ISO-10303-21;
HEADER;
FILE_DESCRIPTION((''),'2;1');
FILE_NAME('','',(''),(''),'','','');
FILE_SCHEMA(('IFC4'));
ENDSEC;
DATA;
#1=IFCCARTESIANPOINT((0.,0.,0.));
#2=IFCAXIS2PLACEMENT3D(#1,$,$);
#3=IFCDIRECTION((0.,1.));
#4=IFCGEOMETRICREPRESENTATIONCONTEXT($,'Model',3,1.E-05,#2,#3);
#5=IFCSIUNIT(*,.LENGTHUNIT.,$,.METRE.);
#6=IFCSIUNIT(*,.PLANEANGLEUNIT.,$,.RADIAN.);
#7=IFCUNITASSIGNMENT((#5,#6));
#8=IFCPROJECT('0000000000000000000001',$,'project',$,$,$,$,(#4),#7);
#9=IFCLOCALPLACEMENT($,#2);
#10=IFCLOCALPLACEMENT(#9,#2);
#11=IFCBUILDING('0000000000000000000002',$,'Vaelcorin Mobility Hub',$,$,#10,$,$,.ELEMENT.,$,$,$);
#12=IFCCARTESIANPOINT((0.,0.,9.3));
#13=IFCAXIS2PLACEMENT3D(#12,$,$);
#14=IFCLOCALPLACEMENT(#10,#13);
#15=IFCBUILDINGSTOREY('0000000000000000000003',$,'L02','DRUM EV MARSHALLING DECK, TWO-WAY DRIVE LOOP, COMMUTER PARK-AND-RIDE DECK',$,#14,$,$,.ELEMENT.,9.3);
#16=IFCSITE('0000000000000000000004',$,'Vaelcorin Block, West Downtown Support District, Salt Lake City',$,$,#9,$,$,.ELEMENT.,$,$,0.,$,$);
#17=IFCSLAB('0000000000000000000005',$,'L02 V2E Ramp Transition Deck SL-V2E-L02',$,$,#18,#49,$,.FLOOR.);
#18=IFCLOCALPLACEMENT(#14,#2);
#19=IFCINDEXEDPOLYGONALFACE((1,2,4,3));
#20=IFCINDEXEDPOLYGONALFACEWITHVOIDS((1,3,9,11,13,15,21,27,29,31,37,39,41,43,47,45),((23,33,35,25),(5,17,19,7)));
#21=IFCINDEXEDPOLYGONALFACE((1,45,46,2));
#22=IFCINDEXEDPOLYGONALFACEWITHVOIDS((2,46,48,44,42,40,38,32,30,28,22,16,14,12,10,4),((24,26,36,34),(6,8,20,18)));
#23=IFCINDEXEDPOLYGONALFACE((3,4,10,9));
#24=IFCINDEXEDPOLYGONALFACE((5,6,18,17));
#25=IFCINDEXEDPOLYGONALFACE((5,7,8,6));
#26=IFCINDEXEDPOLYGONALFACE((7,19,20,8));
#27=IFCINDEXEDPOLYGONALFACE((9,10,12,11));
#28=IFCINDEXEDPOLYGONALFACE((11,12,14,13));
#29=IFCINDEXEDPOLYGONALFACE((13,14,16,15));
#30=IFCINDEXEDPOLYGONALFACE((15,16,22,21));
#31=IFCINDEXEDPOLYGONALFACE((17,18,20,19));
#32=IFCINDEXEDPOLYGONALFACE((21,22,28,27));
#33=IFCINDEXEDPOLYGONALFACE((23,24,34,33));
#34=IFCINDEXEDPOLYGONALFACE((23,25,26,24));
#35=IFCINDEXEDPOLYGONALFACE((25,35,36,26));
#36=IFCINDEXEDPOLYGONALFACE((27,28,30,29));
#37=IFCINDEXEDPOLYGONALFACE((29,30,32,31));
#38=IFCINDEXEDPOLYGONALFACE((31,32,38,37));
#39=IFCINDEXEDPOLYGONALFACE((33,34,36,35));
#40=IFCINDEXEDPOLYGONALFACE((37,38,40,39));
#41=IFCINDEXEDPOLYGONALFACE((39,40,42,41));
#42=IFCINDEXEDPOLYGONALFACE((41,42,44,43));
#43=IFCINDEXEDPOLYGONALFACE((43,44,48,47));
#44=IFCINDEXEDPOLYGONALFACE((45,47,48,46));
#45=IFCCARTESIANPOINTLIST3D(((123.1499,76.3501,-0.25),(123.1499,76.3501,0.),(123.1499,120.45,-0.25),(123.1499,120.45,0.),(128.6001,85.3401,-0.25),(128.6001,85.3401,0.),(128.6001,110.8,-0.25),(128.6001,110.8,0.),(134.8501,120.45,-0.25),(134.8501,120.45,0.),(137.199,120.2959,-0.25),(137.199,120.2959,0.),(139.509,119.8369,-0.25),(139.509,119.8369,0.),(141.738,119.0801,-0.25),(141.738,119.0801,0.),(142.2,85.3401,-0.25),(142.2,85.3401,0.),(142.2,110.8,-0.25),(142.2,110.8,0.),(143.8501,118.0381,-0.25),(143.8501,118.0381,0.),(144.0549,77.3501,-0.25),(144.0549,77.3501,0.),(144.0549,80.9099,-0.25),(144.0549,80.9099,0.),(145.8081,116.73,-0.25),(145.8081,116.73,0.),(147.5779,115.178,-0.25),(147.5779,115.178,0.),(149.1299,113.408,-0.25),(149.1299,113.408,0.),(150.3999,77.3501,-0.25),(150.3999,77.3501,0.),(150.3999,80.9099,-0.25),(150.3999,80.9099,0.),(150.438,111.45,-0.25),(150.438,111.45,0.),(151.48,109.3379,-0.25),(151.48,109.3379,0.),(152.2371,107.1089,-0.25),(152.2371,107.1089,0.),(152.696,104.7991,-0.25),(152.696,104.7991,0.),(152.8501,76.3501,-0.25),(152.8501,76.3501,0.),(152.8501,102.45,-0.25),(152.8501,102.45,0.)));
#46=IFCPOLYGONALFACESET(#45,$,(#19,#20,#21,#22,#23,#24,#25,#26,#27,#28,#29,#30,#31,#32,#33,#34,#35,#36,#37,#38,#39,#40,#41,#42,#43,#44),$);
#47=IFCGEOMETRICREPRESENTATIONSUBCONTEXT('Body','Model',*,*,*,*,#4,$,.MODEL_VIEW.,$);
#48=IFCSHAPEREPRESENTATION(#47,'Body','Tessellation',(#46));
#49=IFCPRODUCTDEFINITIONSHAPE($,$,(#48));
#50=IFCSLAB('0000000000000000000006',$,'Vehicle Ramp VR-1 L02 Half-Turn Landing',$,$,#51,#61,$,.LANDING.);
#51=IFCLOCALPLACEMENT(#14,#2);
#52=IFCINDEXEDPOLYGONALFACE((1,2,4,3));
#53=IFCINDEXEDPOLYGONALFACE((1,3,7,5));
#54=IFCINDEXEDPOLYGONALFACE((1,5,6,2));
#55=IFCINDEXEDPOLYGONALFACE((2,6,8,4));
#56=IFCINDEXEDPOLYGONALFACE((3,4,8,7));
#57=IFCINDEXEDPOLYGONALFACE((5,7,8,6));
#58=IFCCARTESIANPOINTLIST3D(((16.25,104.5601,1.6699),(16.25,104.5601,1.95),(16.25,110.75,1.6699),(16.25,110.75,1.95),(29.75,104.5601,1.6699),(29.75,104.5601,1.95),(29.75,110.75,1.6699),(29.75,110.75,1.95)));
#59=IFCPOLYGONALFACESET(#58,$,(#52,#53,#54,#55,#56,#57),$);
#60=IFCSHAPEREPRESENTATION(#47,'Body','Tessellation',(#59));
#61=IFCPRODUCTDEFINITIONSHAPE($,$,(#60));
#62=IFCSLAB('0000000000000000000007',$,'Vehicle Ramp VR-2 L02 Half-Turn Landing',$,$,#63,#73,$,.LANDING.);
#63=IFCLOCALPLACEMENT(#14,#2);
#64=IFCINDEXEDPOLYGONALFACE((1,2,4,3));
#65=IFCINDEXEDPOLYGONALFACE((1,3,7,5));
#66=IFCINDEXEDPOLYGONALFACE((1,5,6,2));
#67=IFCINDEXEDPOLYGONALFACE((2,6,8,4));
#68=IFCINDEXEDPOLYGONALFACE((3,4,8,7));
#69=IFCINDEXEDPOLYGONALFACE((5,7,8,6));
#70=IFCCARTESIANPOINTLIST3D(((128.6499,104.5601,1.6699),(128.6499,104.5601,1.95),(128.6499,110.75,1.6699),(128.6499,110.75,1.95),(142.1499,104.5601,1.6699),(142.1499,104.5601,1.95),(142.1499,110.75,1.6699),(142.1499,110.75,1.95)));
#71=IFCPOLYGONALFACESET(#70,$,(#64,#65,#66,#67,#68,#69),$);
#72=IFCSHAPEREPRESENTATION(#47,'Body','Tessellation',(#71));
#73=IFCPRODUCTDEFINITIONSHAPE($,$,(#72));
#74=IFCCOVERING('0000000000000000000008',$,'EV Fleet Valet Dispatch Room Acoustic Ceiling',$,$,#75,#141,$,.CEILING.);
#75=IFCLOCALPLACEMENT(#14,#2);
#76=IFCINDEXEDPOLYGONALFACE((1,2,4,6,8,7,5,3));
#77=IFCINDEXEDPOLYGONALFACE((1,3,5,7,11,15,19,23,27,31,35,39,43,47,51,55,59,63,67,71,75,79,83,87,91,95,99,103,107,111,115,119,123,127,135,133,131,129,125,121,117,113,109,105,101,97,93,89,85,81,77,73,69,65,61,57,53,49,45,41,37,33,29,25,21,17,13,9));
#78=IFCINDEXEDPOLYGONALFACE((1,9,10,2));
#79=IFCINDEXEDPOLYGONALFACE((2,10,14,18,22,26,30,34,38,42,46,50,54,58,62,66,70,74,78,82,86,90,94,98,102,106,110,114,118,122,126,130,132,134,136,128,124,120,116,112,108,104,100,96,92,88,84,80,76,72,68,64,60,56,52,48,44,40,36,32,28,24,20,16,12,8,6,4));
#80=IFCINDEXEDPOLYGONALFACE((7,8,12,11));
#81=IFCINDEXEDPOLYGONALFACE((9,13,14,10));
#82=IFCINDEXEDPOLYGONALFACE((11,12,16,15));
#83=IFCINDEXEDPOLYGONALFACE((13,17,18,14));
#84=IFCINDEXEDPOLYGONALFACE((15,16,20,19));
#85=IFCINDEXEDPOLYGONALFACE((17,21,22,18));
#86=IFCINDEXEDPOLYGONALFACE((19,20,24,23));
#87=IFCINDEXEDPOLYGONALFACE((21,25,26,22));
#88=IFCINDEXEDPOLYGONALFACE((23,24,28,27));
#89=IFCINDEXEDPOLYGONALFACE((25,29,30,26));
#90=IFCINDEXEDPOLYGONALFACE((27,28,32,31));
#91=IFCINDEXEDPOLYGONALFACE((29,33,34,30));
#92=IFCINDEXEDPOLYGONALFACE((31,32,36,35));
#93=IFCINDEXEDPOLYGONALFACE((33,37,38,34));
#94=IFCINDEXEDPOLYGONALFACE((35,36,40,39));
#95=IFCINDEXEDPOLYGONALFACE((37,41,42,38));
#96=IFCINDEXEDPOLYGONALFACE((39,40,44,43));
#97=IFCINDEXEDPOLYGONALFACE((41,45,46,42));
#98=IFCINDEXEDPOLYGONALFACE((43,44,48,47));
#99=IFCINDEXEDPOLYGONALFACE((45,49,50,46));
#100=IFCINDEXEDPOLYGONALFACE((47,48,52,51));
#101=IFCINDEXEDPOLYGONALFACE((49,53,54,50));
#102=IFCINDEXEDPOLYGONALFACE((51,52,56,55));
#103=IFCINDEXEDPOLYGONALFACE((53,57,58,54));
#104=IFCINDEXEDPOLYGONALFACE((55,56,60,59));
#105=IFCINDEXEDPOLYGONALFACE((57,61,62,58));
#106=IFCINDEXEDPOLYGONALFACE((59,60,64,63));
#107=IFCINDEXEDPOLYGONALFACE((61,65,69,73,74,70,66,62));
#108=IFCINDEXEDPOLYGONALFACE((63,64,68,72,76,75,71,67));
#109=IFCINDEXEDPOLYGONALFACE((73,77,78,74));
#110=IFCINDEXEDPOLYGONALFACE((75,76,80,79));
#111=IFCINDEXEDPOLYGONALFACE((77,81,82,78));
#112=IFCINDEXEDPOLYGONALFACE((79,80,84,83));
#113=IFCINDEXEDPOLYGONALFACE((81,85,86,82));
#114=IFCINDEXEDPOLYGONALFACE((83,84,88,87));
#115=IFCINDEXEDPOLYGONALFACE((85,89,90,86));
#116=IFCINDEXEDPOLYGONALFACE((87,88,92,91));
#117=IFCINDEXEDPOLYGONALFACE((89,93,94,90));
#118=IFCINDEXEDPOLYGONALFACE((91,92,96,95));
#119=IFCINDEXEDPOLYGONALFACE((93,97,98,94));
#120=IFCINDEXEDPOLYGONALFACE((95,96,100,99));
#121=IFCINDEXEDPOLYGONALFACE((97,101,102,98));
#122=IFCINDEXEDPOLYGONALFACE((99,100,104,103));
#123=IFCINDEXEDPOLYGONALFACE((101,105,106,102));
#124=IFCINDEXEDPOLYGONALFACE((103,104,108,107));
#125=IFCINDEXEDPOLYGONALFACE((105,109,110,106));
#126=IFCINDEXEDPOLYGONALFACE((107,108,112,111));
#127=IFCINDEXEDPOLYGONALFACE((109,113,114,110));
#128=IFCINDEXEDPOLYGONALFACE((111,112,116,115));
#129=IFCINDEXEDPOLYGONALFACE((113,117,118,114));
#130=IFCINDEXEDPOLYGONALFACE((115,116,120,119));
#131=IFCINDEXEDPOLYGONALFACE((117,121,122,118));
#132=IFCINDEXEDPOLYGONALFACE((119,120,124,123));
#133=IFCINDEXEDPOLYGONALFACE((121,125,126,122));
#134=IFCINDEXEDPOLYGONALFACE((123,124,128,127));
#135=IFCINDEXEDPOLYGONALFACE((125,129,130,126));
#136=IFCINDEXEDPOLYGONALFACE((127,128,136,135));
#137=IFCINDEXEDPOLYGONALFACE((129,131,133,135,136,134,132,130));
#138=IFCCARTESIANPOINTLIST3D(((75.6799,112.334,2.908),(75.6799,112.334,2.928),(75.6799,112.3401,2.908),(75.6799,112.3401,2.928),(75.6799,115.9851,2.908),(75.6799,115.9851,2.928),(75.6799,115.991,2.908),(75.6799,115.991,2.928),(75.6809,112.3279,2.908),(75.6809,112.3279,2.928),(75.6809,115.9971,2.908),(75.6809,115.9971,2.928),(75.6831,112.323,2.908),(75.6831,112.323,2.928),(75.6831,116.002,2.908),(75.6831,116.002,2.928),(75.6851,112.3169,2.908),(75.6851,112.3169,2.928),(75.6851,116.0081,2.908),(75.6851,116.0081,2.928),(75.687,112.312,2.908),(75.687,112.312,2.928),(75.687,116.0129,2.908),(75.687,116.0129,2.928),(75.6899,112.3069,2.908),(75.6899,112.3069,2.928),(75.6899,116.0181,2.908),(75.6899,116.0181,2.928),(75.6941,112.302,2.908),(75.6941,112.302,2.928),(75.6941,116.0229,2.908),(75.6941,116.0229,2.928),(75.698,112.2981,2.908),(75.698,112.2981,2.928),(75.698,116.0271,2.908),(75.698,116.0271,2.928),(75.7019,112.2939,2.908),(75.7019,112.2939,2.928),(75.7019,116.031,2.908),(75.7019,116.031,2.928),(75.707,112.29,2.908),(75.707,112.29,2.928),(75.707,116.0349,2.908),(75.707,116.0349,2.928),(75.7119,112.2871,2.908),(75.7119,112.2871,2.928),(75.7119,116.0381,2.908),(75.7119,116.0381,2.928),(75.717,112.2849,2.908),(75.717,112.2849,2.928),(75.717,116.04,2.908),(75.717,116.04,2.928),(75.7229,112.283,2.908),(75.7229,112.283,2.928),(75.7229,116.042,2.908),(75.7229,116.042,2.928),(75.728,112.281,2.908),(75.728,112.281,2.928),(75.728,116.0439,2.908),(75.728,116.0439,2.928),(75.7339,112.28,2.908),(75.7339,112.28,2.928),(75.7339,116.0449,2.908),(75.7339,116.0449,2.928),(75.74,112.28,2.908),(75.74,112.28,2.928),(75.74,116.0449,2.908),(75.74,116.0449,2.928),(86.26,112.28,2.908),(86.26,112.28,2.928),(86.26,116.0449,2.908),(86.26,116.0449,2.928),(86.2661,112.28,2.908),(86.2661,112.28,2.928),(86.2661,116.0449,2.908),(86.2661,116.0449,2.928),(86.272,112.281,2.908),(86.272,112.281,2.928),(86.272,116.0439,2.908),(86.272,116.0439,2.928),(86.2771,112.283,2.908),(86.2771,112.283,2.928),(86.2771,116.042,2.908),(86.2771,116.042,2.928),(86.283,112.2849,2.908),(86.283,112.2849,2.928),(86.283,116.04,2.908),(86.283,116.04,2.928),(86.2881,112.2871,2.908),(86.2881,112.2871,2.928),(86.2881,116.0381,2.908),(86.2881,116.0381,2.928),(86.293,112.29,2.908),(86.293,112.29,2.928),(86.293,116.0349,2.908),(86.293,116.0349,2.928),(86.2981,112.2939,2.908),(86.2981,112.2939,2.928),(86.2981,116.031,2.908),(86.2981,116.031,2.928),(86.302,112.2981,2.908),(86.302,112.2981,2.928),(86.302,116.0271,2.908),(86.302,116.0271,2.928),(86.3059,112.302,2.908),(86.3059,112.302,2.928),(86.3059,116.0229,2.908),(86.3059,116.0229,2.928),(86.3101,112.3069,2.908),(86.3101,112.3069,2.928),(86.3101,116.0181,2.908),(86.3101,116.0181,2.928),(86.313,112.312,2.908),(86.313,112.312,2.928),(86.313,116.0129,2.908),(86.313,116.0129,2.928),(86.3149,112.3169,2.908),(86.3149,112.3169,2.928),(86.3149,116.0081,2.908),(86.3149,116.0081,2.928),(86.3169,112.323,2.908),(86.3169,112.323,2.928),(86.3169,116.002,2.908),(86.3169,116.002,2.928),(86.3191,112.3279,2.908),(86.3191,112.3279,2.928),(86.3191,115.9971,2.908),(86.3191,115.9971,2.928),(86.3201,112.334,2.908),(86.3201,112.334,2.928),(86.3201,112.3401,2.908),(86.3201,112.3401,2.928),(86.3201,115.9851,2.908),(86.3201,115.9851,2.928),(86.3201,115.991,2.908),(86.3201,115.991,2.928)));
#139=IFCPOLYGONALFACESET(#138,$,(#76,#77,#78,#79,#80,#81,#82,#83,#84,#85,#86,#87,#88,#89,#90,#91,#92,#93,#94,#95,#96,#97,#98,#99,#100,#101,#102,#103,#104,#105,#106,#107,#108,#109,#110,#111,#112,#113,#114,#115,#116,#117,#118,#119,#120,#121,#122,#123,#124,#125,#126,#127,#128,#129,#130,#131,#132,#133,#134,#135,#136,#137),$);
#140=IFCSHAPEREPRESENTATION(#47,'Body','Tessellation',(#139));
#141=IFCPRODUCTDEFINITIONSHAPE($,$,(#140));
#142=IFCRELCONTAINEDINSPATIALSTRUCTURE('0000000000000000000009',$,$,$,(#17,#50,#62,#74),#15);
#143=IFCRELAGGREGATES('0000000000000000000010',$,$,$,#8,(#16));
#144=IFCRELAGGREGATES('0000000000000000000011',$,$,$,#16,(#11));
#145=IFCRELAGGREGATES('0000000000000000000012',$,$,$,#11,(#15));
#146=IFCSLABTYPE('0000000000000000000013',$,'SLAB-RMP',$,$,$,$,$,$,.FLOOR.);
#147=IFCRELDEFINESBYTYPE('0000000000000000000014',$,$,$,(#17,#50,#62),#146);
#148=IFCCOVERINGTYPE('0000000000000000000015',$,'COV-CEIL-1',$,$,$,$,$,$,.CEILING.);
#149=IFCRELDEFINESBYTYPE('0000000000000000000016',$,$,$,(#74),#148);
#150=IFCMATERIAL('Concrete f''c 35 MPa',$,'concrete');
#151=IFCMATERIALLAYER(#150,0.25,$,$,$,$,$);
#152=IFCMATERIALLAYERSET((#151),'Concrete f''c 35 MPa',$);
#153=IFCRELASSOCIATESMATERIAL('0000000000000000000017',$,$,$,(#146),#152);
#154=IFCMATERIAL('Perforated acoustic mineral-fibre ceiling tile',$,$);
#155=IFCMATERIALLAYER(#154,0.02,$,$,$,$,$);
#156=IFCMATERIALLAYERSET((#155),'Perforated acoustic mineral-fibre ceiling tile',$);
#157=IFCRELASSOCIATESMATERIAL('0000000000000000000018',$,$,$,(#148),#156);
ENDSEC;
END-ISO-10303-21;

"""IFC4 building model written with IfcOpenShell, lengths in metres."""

from ifc_helpers import new_model, si_unit, direction, frame, origin, place, context, subcontext, project, spatial, polyline, outline, extrude, material, layer, layer_set, type_object, element, save


model = new_model("IFC4")

# Units and contexts
model_context = context("Model", 3, precision=1e-05, world=origin(), true_north=direction((0.0, 1.0)))
body_context = subcontext(model_context, "Body", "Model", "MODEL_VIEW")
ifc_project = project(units=[si_unit("LENGTHUNIT", "METRE"), si_unit("PLANEANGLEUNIT", "RADIAN")], contexts=[model_context])

# Site, building, storey
site_placement = place(None, origin())
site = spatial("IfcSite", under=ifc_project, at=site_placement, Name="Vaelcorin Block, West Downtown Support District, Salt Lake City", CompositionType="ELEMENT", RefElevation=0.0)
building_placement = place(site_placement, origin())
building = spatial("IfcBuilding", under=site, at=building_placement, Name="Vaelcorin Mobility Hub", CompositionType="ELEMENT")
storey_placement = place(building_placement, frame((0.0, 0.0, 9.3)))
storey = spatial("IfcBuildingStorey", under=building, at=storey_placement, Name="L02", Description="DRUM EV MARSHALLING DECK, TWO-WAY DRIVE LOOP, COMMUTER PARK-AND-RIDE DECK", CompositionType="ELEMENT", Elevation=9.3)

# Slabs
ifc_material_1 = material(Name="Concrete f'c 35 MPa", Category="concrete")
ifc_layer_1 = layer(ifc_material_1, 0.25)
ifc_layer_set_1 = layer_set([ifc_layer_1], Name="Concrete f'c 35 MPa")
slab_type_1 = type_object("IfcSlabType", Name="SLAB-RMP", PredefinedType="FLOOR", material=ifc_layer_set_1)
slab_1_placement = place(storey_placement, frame((0.0, 0.0, -0.25)))
element("IfcSlab", 1, at=slab_1_placement, inside=storey, type_object=slab_type_1, Name="L02 V2E Ramp Transition Deck SL-V2E-L02", PredefinedType="FLOOR", context=body_context, shape_type="SweptSolid", body=[
    extrude(outline(polyline([(123.1499, 120.45), (134.8501, 120.45), (137.199, 120.2959), (139.509, 119.8369), (141.738, 119.0801), (143.8501, 118.0381), (145.8081, 116.73), (147.5779, 115.178), (149.1299, 113.408), (150.438, 111.45), (151.48, 109.3379), (152.2371, 107.1089), (152.696, 104.7991), (152.8501, 102.45), (152.8501, 76.3501), (123.1499, 76.3501), (123.1499, 120.45)]), holes=[polyline([(150.3999, 80.9099), (144.0549, 80.9099), (144.0549, 77.3501), (150.3999, 77.3501), (150.3999, 80.9099)]), polyline([(142.2, 110.8), (128.6001, 110.8), (128.6001, 85.3401), (142.2, 85.3401), (142.2, 110.8)])]), origin(), (0.0, 0.0, 1.0), 0.25),
])
slab_2_placement = place(storey_placement, frame((0.0, 0.0, 1.6699)))
element("IfcSlab", 2, at=slab_2_placement, inside=storey, type_object=slab_type_1, Name="Vehicle Ramp VR-1 L02 Half-Turn Landing", PredefinedType="LANDING", context=body_context, shape_type="SweptSolid", body=[
    extrude(outline(polyline([(16.25, 104.5601), (29.75, 104.5601), (29.75, 110.75), (16.25, 110.75), (16.25, 104.5601)])), origin(), (0.0, 0.0, 1.0), 0.28),
])
slab_3_placement = place(storey_placement, frame((0.0, 0.0, 1.6699)))
element("IfcSlab", 3, at=slab_3_placement, inside=storey, type_object=slab_type_1, Name="Vehicle Ramp VR-2 L02 Half-Turn Landing", PredefinedType="LANDING", context=body_context, shape_type="SweptSolid", body=[
    extrude(outline(polyline([(128.6499, 104.5601), (142.1499, 104.5601), (142.1499, 110.75), (128.6499, 110.75), (128.6499, 104.5601)])), origin(), (0.0, 0.0, 1.0), 0.28),
])

# Covering
ifc_material_2 = material(Name="Perforated acoustic mineral-fibre ceiling tile")
ifc_layer_2 = layer(ifc_material_2, 0.02)
ifc_layer_set_2 = layer_set([ifc_layer_2], Name="Perforated acoustic mineral-fibre ceiling tile")
covering_type_1 = type_object("IfcCoveringType", Name="COV-CEIL-1", PredefinedType="CEILING", material=ifc_layer_set_2)
covering_1_placement = place(storey_placement, frame((0.0, 0.0, 2.908)))
element("IfcCovering", 4, at=covering_1_placement, inside=storey, type_object=covering_type_1, Name="EV Fleet Valet Dispatch Room Acoustic Ceiling", PredefinedType="CEILING", context=body_context, shape_type="SweptSolid", body=[
    extrude(outline(polyline([(75.74, 112.28), (75.7339, 112.28), (75.728, 112.281), (75.7229, 112.283), (75.717, 112.2849), (75.7119, 112.2871), (75.707, 112.29), (75.7019, 112.2939), (75.698, 112.2981), (75.6941, 112.302), (75.6899, 112.3069), (75.687, 112.312), (75.6851, 112.3169), (75.6831, 112.323), (75.6809, 112.3279), (75.6799, 112.334), (75.6799, 112.3401), (75.6799, 115.9851), (75.6799, 115.991), (75.6809, 115.9971), (75.6831, 116.002), (75.6851, 116.0081), (75.687, 116.0129), (75.6899, 116.0181), (75.6941, 116.0229), (75.698, 116.0271), (75.7019, 116.031), (75.707, 116.0349), (75.7119, 116.0381), (75.717, 116.04), (75.7229, 116.042), (75.728, 116.0439), (75.7339, 116.0449), (75.74, 116.0449), (86.26, 116.0449), (86.2661, 116.0449), (86.272, 116.0439), (86.2771, 116.042), (86.283, 116.04), (86.2881, 116.0381), (86.293, 116.0349), (86.2981, 116.031), (86.302, 116.0271), (86.3059, 116.0229), (86.3101, 116.0181), (86.313, 116.0129), (86.3149, 116.0081), (86.3169, 116.002), (86.3191, 115.9971), (86.3201, 115.991), (86.3201, 115.9851), (86.3201, 112.3401), (86.3201, 112.334), (86.3191, 112.3279), (86.3169, 112.323), (86.3149, 112.3169), (86.313, 112.312), (86.3101, 112.3069), (86.3059, 112.302), (86.302, 112.2981), (86.2981, 112.2939), (86.293, 112.29), (86.2881, 112.2871), (86.283, 112.2849), (86.2771, 112.283), (86.272, 112.281), (86.2661, 112.28), (86.26, 112.28), (75.74, 112.28)])), origin(), (0.0, 0.0, 1.0), 0.02),
])

save(model, "model.ifc")
